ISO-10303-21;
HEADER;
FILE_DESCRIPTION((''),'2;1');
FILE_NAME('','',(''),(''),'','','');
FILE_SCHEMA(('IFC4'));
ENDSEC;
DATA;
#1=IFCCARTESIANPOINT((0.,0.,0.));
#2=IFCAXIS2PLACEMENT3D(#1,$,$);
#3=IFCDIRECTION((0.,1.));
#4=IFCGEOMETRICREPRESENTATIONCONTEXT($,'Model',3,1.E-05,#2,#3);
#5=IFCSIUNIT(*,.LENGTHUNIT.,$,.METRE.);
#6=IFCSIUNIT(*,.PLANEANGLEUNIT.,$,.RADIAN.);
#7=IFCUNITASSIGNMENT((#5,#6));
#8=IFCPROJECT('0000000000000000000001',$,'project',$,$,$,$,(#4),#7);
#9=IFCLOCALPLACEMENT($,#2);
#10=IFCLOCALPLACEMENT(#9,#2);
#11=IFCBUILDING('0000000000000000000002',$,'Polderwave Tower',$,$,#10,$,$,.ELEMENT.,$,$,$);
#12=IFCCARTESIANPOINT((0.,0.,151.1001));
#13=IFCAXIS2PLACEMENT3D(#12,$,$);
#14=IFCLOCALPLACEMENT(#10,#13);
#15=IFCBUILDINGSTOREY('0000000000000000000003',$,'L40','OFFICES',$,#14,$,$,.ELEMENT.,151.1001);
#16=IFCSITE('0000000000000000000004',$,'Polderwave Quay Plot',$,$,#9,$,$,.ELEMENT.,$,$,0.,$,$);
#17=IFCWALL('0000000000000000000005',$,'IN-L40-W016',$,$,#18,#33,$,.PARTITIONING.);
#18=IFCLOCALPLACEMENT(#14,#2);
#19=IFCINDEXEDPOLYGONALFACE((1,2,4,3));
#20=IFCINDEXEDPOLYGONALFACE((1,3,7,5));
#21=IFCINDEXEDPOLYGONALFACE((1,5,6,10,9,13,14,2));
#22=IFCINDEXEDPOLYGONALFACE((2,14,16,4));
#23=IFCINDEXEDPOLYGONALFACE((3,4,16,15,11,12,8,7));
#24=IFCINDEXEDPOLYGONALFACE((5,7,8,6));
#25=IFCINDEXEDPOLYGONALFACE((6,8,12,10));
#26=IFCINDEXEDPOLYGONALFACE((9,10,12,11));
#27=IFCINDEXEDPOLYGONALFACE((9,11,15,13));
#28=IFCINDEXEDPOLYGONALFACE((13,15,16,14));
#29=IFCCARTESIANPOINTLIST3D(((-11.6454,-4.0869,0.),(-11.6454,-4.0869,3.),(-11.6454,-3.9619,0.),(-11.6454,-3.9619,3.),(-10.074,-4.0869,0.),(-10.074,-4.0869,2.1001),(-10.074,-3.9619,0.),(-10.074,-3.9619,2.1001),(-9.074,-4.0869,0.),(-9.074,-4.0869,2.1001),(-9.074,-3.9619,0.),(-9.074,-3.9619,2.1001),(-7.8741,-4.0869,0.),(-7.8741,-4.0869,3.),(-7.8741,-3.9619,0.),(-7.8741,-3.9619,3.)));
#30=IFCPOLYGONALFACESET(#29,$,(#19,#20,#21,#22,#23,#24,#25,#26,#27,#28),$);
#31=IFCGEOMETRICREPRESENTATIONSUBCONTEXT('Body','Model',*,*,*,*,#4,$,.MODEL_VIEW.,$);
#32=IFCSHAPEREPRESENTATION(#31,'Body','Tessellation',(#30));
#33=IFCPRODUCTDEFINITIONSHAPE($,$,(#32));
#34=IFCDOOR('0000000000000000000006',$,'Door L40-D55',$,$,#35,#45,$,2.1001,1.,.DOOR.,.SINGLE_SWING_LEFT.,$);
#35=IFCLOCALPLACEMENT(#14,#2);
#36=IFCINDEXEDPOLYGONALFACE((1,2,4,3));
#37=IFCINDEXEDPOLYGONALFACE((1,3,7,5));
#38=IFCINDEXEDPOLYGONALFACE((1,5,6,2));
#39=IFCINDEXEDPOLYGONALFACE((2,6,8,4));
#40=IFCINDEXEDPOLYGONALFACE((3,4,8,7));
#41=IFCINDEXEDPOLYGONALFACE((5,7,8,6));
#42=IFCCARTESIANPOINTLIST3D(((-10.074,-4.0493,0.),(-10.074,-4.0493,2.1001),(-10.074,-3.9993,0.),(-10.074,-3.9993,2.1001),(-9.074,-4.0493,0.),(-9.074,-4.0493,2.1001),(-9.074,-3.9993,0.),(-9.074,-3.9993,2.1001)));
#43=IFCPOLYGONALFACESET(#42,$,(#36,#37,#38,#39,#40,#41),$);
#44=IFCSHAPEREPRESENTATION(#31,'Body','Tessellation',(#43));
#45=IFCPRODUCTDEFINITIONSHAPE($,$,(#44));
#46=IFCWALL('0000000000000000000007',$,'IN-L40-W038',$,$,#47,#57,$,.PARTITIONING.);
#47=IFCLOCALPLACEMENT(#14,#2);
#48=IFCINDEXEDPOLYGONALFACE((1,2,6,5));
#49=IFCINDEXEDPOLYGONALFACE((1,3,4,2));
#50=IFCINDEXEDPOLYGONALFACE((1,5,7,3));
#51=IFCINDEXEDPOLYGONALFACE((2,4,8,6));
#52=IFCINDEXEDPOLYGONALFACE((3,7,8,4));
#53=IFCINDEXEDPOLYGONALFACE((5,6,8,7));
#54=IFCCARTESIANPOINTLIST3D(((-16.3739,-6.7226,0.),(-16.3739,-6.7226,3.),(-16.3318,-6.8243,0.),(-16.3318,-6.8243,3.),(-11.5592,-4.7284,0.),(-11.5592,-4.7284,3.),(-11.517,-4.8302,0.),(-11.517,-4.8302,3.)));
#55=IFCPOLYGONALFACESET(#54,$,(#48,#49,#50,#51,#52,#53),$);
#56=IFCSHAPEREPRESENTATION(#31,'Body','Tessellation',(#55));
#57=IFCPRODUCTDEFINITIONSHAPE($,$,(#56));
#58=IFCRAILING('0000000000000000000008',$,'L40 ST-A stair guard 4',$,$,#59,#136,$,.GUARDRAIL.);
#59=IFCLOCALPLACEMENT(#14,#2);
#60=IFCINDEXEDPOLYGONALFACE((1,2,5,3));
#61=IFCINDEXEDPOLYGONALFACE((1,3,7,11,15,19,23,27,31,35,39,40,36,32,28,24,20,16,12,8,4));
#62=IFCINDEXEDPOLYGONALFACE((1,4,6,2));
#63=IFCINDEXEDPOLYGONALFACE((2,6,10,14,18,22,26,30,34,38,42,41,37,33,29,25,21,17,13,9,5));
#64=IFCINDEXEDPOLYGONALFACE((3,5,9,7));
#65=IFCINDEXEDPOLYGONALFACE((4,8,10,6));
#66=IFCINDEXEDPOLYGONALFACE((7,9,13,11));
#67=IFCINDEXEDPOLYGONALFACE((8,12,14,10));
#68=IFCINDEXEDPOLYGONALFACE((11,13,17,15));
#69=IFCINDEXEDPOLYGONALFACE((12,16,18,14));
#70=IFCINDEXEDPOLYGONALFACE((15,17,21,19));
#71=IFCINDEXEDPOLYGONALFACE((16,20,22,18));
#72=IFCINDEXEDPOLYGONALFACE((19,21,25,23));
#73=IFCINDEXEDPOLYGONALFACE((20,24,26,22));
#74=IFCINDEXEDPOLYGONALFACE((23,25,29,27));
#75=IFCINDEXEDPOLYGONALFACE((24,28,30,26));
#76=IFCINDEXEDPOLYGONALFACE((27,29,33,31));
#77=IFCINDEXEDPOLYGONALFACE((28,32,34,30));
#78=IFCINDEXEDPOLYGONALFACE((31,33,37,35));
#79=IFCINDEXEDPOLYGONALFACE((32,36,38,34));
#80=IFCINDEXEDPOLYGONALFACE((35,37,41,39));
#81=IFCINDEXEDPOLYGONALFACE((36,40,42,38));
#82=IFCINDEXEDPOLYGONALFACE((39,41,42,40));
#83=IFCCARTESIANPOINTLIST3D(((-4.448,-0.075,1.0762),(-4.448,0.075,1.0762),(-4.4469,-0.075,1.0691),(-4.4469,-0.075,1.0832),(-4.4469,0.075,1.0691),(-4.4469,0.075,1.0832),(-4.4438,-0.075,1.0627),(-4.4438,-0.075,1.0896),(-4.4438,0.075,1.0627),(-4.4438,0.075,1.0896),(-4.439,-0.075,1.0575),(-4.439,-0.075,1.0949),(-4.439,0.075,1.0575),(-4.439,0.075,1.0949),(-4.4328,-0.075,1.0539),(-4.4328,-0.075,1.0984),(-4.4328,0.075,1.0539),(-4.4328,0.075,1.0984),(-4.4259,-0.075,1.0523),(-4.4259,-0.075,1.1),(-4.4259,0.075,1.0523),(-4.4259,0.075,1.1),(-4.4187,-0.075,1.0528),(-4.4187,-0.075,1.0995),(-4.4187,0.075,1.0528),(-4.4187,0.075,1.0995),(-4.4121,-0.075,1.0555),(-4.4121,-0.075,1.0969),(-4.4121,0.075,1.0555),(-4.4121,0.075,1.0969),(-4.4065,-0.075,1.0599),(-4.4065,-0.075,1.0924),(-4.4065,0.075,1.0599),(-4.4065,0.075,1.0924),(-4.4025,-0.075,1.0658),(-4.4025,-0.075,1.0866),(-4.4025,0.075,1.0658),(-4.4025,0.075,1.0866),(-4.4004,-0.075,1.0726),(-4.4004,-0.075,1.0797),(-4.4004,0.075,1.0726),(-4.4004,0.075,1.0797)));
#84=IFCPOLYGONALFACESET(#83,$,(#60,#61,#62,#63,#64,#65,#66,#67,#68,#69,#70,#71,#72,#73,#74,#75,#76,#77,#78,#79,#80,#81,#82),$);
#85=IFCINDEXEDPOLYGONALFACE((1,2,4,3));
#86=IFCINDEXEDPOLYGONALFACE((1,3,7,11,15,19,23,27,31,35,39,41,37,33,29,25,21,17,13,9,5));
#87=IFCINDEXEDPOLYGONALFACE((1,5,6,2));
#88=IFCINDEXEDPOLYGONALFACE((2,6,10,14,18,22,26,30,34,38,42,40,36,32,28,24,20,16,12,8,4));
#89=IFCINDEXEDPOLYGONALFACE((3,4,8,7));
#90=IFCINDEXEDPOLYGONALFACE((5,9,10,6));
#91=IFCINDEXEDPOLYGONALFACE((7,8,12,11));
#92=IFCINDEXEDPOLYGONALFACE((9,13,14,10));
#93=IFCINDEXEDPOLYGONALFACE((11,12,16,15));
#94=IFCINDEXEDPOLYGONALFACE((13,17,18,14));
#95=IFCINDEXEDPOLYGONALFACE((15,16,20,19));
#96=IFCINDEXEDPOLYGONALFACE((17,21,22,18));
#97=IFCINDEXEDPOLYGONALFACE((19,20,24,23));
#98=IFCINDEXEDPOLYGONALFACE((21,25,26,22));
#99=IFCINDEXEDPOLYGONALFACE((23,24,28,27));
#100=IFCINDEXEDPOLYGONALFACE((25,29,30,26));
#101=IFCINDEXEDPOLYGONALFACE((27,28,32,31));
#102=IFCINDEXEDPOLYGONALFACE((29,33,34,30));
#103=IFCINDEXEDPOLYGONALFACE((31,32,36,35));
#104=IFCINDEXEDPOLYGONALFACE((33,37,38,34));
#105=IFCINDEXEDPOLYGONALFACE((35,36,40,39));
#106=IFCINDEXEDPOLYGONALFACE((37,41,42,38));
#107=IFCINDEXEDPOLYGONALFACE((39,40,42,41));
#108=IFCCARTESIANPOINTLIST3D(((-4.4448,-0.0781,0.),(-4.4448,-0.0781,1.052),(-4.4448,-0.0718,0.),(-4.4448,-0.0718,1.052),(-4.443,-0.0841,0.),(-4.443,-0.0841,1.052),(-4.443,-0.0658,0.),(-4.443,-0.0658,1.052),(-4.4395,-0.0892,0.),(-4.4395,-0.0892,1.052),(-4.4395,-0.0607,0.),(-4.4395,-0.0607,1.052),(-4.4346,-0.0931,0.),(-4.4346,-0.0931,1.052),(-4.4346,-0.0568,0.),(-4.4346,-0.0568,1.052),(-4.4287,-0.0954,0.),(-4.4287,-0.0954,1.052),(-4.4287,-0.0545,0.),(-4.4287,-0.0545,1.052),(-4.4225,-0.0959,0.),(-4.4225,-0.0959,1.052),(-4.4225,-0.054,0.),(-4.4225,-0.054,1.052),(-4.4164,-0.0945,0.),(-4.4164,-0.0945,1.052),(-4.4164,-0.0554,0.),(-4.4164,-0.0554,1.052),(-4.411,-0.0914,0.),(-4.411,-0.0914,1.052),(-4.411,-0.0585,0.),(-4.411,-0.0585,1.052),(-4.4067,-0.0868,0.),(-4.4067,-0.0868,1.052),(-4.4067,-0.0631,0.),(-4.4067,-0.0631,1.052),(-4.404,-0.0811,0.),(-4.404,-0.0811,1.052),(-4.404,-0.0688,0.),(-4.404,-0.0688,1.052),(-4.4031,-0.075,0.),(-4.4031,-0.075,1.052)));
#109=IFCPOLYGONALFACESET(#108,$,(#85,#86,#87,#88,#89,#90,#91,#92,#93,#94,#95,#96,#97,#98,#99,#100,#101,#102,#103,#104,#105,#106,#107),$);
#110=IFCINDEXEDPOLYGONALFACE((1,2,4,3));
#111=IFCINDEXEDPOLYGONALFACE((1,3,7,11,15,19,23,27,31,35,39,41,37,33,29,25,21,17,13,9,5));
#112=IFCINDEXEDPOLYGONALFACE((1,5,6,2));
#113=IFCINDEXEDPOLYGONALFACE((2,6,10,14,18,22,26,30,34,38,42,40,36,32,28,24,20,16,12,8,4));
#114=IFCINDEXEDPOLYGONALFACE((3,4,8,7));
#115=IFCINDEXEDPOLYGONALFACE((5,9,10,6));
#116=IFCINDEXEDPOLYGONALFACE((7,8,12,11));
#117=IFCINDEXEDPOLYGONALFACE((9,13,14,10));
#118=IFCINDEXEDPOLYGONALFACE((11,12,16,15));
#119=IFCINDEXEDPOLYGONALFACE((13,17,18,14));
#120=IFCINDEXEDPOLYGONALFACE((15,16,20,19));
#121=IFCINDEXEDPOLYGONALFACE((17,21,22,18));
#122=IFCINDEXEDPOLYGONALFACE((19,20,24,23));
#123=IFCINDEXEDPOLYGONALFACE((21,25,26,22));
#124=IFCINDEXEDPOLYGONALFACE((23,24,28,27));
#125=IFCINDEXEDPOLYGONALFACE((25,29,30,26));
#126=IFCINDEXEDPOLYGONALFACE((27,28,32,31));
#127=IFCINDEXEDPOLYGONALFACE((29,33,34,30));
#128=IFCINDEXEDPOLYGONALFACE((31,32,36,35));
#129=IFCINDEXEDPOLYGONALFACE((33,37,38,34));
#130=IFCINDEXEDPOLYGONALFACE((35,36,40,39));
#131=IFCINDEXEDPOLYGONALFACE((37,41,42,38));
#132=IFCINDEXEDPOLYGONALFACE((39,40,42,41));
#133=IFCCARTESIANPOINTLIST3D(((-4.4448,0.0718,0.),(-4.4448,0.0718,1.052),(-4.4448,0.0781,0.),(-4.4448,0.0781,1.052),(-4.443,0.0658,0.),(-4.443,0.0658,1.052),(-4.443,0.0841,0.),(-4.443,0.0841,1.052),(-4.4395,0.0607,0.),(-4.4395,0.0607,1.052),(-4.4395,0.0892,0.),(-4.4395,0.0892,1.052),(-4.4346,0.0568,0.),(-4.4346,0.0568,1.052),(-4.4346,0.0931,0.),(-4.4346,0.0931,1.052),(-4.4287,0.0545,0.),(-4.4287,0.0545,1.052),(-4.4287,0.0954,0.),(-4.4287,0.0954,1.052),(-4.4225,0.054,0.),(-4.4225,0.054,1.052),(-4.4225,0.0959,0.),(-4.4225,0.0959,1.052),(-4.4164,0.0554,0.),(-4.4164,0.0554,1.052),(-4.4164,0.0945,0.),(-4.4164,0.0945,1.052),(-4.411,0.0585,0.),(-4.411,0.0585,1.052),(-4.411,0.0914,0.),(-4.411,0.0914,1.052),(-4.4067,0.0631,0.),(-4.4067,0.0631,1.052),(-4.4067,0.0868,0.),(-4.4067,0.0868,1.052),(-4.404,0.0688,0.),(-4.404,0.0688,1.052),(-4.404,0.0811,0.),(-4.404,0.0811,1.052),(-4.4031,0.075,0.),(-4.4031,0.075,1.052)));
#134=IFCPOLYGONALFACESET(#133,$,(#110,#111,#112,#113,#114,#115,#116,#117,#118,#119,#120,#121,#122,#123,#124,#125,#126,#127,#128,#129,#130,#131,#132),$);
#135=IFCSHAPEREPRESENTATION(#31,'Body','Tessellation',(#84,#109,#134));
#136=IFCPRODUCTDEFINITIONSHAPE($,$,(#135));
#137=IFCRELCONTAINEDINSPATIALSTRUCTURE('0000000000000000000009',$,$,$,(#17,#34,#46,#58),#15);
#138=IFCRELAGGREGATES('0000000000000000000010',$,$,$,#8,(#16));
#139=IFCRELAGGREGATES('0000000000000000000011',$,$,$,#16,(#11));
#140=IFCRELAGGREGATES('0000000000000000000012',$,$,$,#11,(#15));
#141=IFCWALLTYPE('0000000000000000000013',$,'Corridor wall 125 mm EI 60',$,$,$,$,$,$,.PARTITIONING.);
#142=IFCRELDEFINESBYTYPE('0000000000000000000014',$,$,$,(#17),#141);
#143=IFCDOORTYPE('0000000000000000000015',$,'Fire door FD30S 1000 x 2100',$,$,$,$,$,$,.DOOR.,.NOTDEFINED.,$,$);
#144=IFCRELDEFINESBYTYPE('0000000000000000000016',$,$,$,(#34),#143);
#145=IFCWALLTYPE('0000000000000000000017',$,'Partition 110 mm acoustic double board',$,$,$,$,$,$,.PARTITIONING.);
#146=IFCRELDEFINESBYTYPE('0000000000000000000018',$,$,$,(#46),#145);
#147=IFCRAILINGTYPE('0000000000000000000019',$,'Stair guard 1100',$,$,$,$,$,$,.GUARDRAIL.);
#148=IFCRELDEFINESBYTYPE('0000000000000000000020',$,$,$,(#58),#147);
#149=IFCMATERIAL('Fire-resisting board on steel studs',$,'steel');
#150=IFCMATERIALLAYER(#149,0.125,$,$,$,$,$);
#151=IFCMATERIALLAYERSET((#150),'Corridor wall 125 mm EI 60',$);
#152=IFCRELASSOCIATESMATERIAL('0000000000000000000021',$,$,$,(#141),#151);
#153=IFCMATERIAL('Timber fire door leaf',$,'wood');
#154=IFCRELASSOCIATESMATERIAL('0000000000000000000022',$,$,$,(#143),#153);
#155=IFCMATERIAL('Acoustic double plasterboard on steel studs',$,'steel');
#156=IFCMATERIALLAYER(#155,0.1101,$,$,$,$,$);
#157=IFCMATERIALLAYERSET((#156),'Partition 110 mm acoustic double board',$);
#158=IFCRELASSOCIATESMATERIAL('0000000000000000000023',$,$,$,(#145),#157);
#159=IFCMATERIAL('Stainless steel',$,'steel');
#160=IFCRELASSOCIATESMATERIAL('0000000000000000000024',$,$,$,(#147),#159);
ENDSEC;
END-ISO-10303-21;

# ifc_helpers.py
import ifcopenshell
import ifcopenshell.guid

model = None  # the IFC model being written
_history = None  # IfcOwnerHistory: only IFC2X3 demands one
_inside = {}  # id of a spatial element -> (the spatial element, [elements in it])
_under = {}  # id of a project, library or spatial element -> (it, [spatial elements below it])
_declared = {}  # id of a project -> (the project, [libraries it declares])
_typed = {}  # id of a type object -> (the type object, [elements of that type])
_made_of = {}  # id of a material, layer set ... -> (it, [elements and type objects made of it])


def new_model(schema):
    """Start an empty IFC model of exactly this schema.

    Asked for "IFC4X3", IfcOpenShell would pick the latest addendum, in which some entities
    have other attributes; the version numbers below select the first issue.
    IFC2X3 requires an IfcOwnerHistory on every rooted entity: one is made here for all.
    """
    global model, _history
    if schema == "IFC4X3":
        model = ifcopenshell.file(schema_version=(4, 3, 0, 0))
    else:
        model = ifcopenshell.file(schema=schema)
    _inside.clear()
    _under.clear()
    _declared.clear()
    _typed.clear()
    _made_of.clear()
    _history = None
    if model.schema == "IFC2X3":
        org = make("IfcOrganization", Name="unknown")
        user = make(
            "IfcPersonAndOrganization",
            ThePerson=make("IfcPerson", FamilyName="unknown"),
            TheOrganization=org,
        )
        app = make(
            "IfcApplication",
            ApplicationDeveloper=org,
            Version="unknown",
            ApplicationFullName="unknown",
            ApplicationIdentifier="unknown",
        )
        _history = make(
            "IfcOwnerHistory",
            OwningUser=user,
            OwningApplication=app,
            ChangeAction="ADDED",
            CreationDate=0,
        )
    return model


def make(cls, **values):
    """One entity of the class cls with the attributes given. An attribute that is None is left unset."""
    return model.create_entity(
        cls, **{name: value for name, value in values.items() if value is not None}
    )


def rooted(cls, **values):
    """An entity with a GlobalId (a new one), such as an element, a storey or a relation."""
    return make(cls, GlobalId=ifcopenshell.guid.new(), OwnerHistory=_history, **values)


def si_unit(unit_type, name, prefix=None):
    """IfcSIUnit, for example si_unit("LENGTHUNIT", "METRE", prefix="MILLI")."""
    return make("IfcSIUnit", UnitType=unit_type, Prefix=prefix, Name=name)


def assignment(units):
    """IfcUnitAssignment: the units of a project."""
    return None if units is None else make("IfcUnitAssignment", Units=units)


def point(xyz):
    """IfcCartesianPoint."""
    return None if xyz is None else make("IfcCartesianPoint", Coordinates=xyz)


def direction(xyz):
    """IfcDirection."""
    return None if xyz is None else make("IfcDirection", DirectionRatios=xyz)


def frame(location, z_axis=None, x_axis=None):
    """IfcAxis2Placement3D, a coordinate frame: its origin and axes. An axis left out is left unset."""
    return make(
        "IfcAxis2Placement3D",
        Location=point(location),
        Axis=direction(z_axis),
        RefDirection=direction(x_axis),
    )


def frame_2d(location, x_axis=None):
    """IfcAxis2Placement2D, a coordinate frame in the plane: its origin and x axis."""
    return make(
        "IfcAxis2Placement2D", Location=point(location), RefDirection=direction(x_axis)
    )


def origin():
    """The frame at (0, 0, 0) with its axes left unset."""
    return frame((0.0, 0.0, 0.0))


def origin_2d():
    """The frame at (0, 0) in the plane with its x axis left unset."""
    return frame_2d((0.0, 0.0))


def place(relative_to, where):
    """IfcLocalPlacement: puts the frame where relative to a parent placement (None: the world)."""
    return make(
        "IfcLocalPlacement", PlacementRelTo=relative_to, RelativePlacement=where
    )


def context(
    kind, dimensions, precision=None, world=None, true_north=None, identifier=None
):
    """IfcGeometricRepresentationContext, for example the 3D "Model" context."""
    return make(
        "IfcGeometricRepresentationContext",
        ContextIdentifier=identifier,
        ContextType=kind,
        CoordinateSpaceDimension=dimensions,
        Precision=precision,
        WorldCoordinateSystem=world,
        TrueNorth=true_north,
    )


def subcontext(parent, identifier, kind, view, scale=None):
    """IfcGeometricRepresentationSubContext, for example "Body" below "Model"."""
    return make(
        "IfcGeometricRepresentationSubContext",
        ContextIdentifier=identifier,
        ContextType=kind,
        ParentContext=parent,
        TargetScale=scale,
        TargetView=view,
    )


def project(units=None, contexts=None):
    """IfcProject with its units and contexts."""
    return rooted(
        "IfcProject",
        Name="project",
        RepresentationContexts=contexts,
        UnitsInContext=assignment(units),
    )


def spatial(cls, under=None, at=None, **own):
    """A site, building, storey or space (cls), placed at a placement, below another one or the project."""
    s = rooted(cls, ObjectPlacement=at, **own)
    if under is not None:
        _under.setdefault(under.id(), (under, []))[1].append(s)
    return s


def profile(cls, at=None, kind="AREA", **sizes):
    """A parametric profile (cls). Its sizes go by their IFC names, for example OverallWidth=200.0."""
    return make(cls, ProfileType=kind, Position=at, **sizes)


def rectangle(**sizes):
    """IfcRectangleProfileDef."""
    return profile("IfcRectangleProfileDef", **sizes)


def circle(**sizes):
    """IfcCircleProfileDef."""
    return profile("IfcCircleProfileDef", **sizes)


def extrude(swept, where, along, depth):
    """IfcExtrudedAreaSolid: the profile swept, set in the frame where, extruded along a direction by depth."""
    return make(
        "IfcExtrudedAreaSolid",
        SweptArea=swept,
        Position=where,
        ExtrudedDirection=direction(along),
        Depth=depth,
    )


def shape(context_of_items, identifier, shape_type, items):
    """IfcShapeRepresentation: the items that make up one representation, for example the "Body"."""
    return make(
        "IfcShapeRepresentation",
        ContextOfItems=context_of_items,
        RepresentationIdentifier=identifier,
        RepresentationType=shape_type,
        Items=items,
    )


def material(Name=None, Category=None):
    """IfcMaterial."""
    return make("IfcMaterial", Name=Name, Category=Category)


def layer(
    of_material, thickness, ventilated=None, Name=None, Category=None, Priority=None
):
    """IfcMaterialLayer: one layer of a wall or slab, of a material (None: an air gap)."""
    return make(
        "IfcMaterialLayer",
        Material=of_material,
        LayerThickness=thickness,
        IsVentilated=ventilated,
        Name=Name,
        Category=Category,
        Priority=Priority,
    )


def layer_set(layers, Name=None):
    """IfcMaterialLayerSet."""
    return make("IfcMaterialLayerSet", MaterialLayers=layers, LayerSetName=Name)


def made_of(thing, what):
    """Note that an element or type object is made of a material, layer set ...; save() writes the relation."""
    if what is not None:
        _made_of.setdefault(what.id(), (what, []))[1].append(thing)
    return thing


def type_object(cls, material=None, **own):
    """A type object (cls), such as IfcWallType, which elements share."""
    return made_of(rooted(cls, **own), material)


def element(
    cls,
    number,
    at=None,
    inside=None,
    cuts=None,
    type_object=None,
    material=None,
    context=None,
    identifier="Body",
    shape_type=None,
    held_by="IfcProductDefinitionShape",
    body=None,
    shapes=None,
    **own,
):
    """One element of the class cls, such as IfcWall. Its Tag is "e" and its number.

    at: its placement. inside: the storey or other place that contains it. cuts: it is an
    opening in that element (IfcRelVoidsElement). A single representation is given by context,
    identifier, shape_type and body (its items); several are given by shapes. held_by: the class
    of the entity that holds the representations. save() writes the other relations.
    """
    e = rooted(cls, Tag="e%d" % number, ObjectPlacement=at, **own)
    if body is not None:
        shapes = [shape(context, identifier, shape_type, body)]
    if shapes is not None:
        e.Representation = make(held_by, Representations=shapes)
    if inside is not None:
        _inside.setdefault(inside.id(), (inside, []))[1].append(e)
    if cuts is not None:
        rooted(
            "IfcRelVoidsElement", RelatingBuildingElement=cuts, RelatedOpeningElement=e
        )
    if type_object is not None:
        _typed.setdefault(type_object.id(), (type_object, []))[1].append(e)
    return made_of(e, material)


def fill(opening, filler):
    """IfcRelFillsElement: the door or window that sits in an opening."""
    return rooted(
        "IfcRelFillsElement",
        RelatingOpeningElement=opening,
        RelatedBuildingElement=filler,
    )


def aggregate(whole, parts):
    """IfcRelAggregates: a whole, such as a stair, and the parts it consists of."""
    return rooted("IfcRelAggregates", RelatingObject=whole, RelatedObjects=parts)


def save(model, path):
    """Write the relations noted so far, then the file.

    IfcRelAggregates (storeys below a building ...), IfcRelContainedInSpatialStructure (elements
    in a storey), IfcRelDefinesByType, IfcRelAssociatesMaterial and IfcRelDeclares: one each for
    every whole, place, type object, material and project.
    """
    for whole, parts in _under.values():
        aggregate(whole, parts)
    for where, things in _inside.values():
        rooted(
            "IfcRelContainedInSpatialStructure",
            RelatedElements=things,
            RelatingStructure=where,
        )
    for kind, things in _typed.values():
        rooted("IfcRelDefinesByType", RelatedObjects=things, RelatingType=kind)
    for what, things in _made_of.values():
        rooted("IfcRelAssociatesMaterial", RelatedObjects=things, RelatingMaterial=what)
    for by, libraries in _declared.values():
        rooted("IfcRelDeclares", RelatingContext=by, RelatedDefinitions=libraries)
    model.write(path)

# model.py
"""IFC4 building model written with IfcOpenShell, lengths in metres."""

from ifc_helpers import new_model, si_unit, direction, frame, frame_2d, origin, origin_2d, place, context, subcontext, project, spatial, rectangle, circle, extrude, material, layer, layer_set, type_object, element, fill, save


model = new_model("IFC4")

# Units and contexts
model_context = context("Model", 3, precision=1e-05, world=origin(), true_north=direction((0.0, 1.0)))
body_context = subcontext(model_context, "Body", "Model", "MODEL_VIEW")
ifc_project = project(units=[si_unit("LENGTHUNIT", "METRE"), si_unit("PLANEANGLEUNIT", "RADIAN")], contexts=[model_context])

# Site, building, storey
site_placement = place(None, origin())
site = spatial("IfcSite", under=ifc_project, at=site_placement, Name="Polderwave Quay Plot", CompositionType="ELEMENT", RefElevation=0.0)
building_placement = place(site_placement, origin())
building = spatial("IfcBuilding", under=site, at=building_placement, Name="Polderwave Tower", CompositionType="ELEMENT")
storey_placement = place(building_placement, frame((0.0, 0.0, 151.1001)))
storey = spatial("IfcBuildingStorey", under=building, at=storey_placement, Name="L40", Description="OFFICES", CompositionType="ELEMENT", Elevation=151.1001)

# Shared definitions
ifc_material_1 = material(Name="Stainless steel", Category="steel")

# Wall, opening, door
ifc_material_2 = material(Name="Fire-resisting board on steel studs", Category="steel")
ifc_layer_1 = layer(ifc_material_2, 0.125)
ifc_layer_set_1 = layer_set([ifc_layer_1], Name="Corridor wall 125 mm EI 60")
wall_type_1 = type_object("IfcWallType", Name="Corridor wall 125 mm EI 60", PredefinedType="PARTITIONING", material=ifc_layer_set_1)
wall_1_placement = place(storey_placement, frame((-7.874, -4.0244, 0.0), z_axis=(0.0, 0.0, 1.0), x_axis=(-1.0, 0.0, 0.0)))
wall_1 = element("IfcWall", 1, at=wall_1_placement, inside=storey, type_object=wall_type_1, Name="IN-L40-W016", PredefinedType="PARTITIONING", context=body_context, shape_type="SweptSolid", body=[
    extrude(rectangle(XDim=3.7712, YDim=0.125, at=frame_2d((1.8857, 0.0))), origin(), (0.0, 0.0, 1.0), 3.0),
])
opening_1_placement = place(wall_1_placement, frame((1.2, 0.0, 0.0)))
opening_1 = element("IfcOpeningElement", 2, at=opening_1_placement, cuts=wall_1, PredefinedType="OPENING", context=body_context, shape_type="SweptSolid", body=[
    extrude(rectangle(XDim=1.0, YDim=2.1001, at=frame_2d((0.5, 1.05))), frame((0.0, 0.0725, 0.0), z_axis=(0.0, -1.0, 0.0), x_axis=(1.0, 0.0, 0.0)), (0.0, 0.0, 1.0), 0.145),
])
ifc_material_3 = material(Name="Timber fire door leaf", Category="wood")
door_type_1 = type_object("IfcDoorType", Name="Fire door FD30S 1000 x 2100", OperationType="NOTDEFINED", PredefinedType="DOOR", material=ifc_material_3)
door_1_placement = place(opening_1_placement, origin())
door_1 = element("IfcDoor", 3, at=door_1_placement, inside=storey, type_object=door_type_1, Name="Door L40-D55", OperationType="SINGLE_SWING_LEFT", OverallHeight=2.1001, OverallWidth=1.0, PredefinedType="DOOR", context=body_context, shape_type="SweptSolid", body=[
    extrude(rectangle(XDim=1.0, YDim=2.1001, at=frame_2d((0.5, 1.05))), frame((0.0, 0.0249, 0.0), z_axis=(0.0, -1.0, 0.0), x_axis=(1.0, 0.0, 0.0)), (0.0, 0.0, 1.0), 0.05),
])
fill(opening_1, door_1)

# Wall
ifc_material_4 = material(Name="Acoustic double plasterboard on steel studs", Category="steel")
ifc_layer_2 = layer(ifc_material_4, 0.1101)
ifc_layer_set_2 = layer_set([ifc_layer_2], Name="Partition 110 mm acoustic double board")
wall_type_2 = type_object("IfcWallType", Name="Partition 110 mm acoustic double board", PredefinedType="PARTITIONING", material=ifc_layer_set_2)
wall_2_placement = place(storey_placement, frame((-11.5381, -4.7793, 0.0), z_axis=(0.0, 0.0, 1.0), x_axis=(-0.923891, -0.382655, 0.0)))
element("IfcWall", 4, at=wall_2_placement, inside=storey, type_object=wall_type_2, Name="IN-L40-W038", PredefinedType="PARTITIONING", context=body_context, shape_type="SweptSolid", body=[
    extrude(rectangle(XDim=5.2114, YDim=0.1101, at=frame_2d((2.6057, 0.0))), origin(), (0.0, 0.0, 1.0), 3.0),
])

# Railing
railing_type = type_object("IfcRailingType", Name="Stair guard 1100", PredefinedType="GUARDRAIL", material=ifc_material_1)
railing_placement = place(storey_placement, frame((-4.4241, -0.075, 0.0)))
element("IfcRailing", 5, at=railing_placement, inside=storey, type_object=railing_type, Name="L40 ST-A stair guard 4", PredefinedType="GUARDRAIL", context=body_context, shape_type="SweptSolid", body=[
    extrude(circle(Radius=0.0239, at=origin_2d()), frame((0.0, 0.0, 1.0762), z_axis=(0.0, 1.0, 0.0), x_axis=(-1.0, 0.0, 0.0)), (0.0, 0.0, 1.0), 0.1499),
    extrude(circle(Radius=0.021, at=origin_2d()), origin(), (0.0, 0.0, 1.0), 1.052),
    extrude(circle(Radius=0.021, at=origin_2d()), frame((0.0, 0.1499, 0.0)), (0.0, 0.0, 1.0), 1.052),
])

save(model, "model.ifc")
